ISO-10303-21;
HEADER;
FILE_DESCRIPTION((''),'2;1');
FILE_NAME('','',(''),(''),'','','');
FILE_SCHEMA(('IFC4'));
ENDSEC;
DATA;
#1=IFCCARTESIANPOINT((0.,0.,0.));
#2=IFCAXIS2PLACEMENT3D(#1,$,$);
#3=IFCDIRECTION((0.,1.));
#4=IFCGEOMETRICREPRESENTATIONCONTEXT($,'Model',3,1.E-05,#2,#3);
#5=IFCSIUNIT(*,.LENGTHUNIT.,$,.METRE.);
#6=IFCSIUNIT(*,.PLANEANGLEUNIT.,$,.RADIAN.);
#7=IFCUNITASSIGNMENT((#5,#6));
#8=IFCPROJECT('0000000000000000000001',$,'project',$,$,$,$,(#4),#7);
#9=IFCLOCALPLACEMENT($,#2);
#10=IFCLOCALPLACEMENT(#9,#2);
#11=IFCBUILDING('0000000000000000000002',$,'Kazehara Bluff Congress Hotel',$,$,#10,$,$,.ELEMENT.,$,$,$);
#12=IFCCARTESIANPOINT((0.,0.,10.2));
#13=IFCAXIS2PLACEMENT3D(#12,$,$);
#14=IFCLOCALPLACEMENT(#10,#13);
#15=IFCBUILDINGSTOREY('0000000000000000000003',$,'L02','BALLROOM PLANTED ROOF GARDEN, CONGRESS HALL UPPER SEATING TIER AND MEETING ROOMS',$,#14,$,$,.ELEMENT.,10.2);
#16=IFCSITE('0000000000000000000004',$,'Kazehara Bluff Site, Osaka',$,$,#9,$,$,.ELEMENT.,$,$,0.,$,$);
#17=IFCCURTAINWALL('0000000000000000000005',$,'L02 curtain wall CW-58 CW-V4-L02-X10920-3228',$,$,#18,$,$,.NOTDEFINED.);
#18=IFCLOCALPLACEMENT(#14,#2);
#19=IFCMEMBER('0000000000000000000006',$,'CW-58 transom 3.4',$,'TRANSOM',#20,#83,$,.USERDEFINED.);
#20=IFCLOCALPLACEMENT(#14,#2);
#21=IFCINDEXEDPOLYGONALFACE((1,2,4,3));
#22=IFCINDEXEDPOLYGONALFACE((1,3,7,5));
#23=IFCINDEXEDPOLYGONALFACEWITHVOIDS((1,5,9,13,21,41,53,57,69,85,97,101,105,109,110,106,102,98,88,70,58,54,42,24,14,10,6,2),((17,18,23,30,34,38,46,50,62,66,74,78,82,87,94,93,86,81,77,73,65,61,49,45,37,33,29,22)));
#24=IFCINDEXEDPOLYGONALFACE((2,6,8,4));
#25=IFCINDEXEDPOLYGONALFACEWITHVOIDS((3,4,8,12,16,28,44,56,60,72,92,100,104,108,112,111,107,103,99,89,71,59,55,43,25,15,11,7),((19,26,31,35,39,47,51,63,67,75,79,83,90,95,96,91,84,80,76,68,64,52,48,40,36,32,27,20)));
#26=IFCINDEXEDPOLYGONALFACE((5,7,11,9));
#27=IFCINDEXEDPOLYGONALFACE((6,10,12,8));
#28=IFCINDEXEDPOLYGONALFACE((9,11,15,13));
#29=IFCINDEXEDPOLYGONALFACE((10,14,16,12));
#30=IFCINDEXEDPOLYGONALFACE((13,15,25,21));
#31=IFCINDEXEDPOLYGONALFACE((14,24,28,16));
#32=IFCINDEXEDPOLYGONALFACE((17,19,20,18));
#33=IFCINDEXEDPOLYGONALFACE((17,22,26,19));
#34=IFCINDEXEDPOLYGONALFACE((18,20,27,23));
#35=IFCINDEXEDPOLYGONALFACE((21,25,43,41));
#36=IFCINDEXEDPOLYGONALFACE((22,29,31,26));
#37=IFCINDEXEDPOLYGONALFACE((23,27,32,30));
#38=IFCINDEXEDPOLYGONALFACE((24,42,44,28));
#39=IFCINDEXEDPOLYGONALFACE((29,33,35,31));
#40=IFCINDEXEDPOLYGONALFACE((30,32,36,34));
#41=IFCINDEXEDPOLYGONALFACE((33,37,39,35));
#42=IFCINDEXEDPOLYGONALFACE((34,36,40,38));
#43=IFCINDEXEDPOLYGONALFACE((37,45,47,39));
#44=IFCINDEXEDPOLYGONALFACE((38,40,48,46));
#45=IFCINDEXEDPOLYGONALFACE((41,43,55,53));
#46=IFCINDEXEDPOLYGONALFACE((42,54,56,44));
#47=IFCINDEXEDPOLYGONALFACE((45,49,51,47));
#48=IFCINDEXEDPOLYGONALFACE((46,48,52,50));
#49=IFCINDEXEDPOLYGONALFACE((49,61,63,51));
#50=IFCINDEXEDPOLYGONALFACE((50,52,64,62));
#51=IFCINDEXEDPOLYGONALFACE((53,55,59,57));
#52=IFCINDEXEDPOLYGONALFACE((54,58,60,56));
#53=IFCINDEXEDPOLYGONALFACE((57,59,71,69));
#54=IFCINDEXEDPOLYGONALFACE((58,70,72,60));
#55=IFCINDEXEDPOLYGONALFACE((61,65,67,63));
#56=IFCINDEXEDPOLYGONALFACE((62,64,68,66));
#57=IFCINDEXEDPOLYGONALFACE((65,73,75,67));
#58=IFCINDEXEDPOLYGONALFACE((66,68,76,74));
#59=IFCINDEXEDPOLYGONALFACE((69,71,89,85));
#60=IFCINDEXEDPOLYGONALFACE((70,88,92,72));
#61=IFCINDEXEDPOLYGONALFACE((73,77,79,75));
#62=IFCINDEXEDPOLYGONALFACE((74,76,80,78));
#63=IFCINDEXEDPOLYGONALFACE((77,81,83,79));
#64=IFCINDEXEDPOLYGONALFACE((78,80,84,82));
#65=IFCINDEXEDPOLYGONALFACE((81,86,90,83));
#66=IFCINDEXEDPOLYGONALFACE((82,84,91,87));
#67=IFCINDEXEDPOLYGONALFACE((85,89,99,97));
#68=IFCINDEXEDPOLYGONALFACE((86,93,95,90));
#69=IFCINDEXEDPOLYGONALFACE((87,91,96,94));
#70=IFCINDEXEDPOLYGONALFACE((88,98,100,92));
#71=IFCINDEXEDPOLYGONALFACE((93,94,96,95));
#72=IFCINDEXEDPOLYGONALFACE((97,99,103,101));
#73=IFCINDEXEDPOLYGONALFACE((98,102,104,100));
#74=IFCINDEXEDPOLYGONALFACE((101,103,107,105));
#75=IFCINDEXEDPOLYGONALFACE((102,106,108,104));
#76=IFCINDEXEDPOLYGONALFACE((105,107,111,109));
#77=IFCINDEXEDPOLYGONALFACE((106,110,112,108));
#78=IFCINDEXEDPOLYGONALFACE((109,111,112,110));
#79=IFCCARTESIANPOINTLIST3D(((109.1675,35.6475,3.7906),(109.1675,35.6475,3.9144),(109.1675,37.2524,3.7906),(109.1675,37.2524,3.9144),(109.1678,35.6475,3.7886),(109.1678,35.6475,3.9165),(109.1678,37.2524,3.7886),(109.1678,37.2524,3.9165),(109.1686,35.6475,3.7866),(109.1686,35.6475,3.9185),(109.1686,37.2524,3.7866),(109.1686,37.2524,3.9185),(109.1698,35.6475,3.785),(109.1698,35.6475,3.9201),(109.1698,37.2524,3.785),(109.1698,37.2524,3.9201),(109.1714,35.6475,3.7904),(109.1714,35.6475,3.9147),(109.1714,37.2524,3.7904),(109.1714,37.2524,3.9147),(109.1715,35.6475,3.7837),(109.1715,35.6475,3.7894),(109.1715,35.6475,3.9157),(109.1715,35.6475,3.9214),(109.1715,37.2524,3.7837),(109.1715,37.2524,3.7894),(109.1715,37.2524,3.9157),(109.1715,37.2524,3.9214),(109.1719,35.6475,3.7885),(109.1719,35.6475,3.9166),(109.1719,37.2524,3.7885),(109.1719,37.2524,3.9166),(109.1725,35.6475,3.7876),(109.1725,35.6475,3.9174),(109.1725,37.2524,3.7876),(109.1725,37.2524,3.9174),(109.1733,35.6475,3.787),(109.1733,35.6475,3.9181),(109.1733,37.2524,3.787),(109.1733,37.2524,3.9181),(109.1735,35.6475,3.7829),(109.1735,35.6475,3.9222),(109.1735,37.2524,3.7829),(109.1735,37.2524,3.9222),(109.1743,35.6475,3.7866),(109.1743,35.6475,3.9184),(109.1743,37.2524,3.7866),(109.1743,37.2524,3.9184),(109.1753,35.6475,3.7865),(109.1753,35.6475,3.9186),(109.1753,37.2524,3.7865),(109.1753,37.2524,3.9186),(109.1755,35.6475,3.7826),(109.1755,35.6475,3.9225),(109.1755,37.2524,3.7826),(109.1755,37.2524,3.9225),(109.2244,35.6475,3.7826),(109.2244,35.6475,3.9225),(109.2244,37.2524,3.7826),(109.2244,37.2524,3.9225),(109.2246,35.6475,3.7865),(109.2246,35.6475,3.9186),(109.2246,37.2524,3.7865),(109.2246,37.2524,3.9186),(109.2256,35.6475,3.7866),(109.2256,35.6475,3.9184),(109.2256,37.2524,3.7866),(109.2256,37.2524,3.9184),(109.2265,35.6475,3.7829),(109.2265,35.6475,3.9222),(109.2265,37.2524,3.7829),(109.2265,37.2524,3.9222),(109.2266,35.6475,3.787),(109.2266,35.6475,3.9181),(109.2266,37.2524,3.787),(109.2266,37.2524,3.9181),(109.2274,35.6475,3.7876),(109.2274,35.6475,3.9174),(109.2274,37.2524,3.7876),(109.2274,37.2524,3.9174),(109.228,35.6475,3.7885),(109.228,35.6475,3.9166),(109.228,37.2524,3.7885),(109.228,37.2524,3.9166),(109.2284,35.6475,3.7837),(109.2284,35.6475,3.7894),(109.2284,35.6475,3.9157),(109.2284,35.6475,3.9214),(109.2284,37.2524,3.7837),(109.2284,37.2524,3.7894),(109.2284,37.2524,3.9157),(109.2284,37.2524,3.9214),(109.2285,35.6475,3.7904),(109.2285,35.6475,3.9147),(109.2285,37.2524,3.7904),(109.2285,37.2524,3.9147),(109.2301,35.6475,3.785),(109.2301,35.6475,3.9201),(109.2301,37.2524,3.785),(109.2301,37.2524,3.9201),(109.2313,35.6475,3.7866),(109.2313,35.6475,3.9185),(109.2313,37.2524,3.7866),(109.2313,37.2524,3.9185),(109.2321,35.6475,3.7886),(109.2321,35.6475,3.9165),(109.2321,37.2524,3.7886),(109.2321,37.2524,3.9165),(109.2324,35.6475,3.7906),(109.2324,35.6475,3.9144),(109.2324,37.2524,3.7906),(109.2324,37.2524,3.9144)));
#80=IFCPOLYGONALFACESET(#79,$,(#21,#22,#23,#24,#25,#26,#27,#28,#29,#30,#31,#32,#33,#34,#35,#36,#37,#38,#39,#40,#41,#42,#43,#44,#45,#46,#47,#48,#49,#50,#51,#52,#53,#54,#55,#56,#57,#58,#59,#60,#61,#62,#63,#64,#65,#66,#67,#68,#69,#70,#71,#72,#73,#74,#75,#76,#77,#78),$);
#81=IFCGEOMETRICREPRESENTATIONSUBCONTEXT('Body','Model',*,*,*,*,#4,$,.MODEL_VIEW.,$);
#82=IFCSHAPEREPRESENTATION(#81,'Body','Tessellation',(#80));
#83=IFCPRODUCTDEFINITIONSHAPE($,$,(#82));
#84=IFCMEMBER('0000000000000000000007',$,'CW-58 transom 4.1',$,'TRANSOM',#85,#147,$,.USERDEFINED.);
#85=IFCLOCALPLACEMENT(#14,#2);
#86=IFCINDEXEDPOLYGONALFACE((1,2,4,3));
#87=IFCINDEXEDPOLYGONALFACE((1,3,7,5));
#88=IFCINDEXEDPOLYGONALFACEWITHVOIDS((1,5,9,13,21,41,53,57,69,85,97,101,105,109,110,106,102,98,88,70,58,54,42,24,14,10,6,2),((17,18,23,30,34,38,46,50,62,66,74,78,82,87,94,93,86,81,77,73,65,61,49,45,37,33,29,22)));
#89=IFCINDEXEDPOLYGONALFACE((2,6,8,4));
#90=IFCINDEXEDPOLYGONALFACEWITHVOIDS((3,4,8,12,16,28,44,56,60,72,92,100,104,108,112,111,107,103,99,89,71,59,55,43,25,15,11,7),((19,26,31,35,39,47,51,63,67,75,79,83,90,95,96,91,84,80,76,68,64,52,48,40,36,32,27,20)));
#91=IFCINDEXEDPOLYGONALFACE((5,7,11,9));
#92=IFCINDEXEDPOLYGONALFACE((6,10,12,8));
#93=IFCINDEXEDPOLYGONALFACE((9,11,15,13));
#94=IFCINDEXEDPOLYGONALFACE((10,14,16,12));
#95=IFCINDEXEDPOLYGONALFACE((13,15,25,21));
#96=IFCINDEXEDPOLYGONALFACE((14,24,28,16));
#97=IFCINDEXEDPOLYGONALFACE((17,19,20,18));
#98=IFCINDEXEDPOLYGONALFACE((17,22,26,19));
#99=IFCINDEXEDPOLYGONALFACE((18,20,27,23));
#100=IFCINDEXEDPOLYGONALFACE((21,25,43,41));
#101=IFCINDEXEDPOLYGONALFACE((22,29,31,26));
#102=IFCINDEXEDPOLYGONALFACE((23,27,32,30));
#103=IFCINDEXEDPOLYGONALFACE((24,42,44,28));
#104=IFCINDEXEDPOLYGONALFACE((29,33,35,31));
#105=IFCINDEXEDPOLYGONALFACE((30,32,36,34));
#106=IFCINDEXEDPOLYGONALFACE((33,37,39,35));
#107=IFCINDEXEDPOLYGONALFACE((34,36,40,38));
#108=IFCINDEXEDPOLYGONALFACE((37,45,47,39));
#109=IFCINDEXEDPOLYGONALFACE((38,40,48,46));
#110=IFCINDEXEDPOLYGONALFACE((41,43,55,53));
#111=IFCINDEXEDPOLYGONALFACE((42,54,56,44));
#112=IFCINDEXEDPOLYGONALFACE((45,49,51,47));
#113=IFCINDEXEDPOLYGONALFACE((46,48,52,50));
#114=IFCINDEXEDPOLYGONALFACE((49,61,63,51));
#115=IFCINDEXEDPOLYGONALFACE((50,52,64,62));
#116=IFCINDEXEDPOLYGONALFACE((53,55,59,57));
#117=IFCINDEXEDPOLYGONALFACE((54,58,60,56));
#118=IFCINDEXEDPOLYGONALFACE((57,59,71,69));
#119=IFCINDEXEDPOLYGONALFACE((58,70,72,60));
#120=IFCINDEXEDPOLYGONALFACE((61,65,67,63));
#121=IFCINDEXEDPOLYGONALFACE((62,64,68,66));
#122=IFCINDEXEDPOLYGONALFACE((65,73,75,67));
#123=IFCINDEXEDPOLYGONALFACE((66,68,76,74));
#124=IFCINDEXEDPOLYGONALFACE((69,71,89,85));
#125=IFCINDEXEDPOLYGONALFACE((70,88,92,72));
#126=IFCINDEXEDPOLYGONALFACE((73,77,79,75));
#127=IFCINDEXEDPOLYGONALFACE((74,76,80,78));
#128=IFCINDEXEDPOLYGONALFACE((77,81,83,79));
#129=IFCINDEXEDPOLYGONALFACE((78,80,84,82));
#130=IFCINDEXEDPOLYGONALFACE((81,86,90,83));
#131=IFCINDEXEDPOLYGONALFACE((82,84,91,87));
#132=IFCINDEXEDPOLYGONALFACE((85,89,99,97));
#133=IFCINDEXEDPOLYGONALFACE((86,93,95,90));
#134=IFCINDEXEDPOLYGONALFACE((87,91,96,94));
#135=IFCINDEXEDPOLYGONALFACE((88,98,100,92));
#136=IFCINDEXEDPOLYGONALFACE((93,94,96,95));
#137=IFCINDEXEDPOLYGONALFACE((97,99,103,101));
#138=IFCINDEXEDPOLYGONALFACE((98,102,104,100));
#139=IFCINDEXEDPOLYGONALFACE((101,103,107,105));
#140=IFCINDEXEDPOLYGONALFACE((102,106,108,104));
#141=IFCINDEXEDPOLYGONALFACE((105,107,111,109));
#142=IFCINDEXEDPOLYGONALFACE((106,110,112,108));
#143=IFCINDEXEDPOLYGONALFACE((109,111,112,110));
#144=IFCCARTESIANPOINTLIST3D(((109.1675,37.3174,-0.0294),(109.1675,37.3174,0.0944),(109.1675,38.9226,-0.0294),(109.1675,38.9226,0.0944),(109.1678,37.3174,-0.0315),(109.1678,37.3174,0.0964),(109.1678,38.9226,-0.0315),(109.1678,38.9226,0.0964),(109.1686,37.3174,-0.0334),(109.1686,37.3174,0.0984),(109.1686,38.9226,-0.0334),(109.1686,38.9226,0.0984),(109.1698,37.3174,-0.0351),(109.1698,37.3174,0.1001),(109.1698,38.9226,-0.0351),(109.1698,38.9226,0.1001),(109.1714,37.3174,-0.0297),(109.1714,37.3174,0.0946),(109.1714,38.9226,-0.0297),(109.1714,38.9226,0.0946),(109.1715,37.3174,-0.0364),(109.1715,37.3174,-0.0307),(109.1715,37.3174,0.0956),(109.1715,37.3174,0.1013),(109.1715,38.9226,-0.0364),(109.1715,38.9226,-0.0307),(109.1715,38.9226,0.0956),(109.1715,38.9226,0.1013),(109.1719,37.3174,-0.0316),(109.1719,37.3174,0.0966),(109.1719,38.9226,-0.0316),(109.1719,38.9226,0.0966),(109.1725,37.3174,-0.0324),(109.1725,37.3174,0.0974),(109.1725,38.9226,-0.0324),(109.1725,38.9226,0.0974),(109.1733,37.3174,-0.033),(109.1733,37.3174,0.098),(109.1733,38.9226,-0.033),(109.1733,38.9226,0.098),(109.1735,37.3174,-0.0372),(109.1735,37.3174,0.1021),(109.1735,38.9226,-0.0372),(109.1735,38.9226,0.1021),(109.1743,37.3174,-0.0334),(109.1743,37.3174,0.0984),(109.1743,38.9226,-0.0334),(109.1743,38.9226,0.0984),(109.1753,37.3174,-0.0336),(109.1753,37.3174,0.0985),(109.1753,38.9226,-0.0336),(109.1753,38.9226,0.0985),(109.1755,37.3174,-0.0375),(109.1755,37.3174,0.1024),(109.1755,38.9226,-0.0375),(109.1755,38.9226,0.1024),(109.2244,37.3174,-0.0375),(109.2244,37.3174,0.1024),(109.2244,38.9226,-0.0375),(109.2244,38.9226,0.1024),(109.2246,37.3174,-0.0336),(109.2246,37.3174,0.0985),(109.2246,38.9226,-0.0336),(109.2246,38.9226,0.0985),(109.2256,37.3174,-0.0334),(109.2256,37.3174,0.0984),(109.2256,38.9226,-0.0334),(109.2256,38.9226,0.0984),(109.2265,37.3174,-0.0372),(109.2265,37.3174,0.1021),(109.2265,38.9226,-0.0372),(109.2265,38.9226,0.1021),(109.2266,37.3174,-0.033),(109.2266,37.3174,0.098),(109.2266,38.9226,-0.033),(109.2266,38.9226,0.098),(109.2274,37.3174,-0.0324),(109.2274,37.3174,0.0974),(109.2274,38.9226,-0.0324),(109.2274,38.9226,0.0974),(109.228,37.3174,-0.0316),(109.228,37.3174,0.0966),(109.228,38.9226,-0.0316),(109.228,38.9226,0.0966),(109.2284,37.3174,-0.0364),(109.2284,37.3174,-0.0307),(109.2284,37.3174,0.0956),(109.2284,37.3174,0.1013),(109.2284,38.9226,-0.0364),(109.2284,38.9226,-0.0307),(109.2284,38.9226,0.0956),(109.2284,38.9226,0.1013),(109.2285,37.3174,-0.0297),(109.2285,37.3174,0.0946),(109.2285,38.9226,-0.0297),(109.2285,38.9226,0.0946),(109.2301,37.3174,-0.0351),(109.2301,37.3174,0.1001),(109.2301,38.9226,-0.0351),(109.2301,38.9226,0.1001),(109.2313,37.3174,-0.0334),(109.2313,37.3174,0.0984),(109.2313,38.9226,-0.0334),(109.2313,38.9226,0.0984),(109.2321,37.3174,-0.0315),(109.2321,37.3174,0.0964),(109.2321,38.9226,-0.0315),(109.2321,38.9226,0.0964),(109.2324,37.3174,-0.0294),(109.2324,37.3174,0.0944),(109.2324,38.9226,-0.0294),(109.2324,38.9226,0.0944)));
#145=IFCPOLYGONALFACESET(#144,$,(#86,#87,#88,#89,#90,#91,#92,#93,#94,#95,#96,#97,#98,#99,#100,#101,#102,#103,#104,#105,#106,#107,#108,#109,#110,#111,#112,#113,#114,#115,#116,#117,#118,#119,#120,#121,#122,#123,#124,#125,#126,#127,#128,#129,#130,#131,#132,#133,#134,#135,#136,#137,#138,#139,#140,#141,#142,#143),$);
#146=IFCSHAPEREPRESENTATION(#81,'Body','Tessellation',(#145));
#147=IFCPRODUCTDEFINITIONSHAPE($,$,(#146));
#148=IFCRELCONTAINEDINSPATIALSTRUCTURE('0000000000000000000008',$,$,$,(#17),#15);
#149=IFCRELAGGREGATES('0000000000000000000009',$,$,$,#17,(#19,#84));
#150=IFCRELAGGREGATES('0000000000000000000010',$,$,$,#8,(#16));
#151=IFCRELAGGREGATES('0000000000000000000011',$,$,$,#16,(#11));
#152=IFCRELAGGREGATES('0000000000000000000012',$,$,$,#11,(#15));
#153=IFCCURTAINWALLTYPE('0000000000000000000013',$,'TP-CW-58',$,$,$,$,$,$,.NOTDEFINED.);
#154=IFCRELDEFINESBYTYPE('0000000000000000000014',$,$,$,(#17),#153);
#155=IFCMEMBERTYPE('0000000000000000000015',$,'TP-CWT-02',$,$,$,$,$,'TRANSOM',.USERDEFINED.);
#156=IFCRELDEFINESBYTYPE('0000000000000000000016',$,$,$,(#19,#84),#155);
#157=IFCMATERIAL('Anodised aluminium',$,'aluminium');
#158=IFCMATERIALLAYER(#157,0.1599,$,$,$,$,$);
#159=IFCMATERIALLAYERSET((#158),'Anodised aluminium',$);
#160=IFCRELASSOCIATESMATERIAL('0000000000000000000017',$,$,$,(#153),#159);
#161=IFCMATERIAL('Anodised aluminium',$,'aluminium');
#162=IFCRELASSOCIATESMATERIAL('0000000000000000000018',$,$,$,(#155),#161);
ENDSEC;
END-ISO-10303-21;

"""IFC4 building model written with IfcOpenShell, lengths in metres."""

from ifc_helpers import new_model, si_unit, direction, frame, origin, origin_2d, place, context, subcontext, project, spatial, hollow_rectangle, extrude, material, layer, layer_set, material_profile, profile_set, type_object, element, aggregate, save


model = new_model("IFC4")

# Units and contexts
model_context = context("Model", 3, precision=1e-05, world=origin(), true_north=direction((0.0, 1.0)))
body_context = subcontext(model_context, "Body", "Model", "MODEL_VIEW")
ifc_project = project(units=[si_unit("LENGTHUNIT", "METRE"), si_unit("PLANEANGLEUNIT", "RADIAN")], contexts=[model_context])

# Site, building, storey
site_placement = place(None, origin())
site = spatial("IfcSite", under=ifc_project, at=site_placement, Name="Kazehara Bluff Site, Osaka", CompositionType="ELEMENT", RefElevation=0.0)
building_placement = place(site_placement, origin())
building = spatial("IfcBuilding", under=site, at=building_placement, Name="Kazehara Bluff Congress Hotel", CompositionType="ELEMENT")
storey_placement = place(building_placement, frame((0.0, 0.0, 10.2)))
storey = spatial("IfcBuildingStorey", under=building, at=storey_placement, Name="L02", Description="BALLROOM PLANTED ROOF GARDEN, CONGRESS HALL UPPER SEATING TIER AND MEETING ROOMS", CompositionType="ELEMENT", Elevation=10.2)

# Curtain wall, members
ifc_material_1 = material(Name="Anodised aluminium", Category="aluminium")
ifc_layer_1 = layer(ifc_material_1, 0.1599)
ifc_layer_set_1 = layer_set([ifc_layer_1], Name="Anodised aluminium")
curtain_wall_type = type_object("IfcCurtainWallType", Name="TP-CW-58", PredefinedType="NOTDEFINED", material=ifc_layer_set_1)
curtain_wall_placement = place(storey_placement, origin())
curtain_wall = element("IfcCurtainWall", 1, at=curtain_wall_placement, inside=storey, type_object=curtain_wall_type, Name="L02 curtain wall CW-58 CW-V4-L02-X10920-3228", PredefinedType="NOTDEFINED")
ifc_material_2 = material(Name="Anodised aluminium", Category="aluminium")
ifc_material_profile_1 = material_profile(ifc_material_2, hollow_rectangle(XDim=0.0649, YDim=0.1399, WallThickness=0.0039, InnerFilletRadius=0.0039, OuterFilletRadius=0.0081, at=origin_2d()))
ifc_profile_set_1 = profile_set([ifc_material_profile_1], Name="Anodised aluminium")
member_type_1 = type_object("IfcMemberType", Name="TP-CWT-02", ElementType="TRANSOM", PredefinedType="USERDEFINED", material=ifc_profile_set_1)
member_1_placement = place(storey_placement, frame((109.2, 35.6475, 3.8525), z_axis=(0.0, 1.0, 0.0), x_axis=(-1.0, 0.0, 0.0)))
member_1 = element("IfcMember", 2, at=member_1_placement, type_object=member_type_1, Name="CW-58 transom 3.4", ObjectType="TRANSOM", PredefinedType="USERDEFINED", context=body_context, shape_type="SweptSolid", body=[
    extrude(hollow_rectangle(XDim=0.0649, YDim=0.1399, WallThickness=0.0039, InnerFilletRadius=0.0039, OuterFilletRadius=0.0081, at=origin_2d()), origin(), (0.0, 0.0, 1.0), 1.605),
])
member_2_placement = place(storey_placement, frame((109.2, 37.3174, 0.0325), z_axis=(0.0, 1.0, 0.0), x_axis=(-1.0, 0.0, 0.0)))
member_2 = element("IfcMember", 3, at=member_2_placement, type_object=member_type_1, Name="CW-58 transom 4.1", ObjectType="TRANSOM", PredefinedType="USERDEFINED", context=body_context, shape_type="SweptSolid", body=[
    extrude(hollow_rectangle(XDim=0.0649, YDim=0.1399, WallThickness=0.0039, InnerFilletRadius=0.0039, OuterFilletRadius=0.0081, at=origin_2d()), origin(), (0.0, 0.0, 1.0), 1.6052),
])

aggregate(curtain_wall, [member_1, member_2])

save(model, "model.ifc")
